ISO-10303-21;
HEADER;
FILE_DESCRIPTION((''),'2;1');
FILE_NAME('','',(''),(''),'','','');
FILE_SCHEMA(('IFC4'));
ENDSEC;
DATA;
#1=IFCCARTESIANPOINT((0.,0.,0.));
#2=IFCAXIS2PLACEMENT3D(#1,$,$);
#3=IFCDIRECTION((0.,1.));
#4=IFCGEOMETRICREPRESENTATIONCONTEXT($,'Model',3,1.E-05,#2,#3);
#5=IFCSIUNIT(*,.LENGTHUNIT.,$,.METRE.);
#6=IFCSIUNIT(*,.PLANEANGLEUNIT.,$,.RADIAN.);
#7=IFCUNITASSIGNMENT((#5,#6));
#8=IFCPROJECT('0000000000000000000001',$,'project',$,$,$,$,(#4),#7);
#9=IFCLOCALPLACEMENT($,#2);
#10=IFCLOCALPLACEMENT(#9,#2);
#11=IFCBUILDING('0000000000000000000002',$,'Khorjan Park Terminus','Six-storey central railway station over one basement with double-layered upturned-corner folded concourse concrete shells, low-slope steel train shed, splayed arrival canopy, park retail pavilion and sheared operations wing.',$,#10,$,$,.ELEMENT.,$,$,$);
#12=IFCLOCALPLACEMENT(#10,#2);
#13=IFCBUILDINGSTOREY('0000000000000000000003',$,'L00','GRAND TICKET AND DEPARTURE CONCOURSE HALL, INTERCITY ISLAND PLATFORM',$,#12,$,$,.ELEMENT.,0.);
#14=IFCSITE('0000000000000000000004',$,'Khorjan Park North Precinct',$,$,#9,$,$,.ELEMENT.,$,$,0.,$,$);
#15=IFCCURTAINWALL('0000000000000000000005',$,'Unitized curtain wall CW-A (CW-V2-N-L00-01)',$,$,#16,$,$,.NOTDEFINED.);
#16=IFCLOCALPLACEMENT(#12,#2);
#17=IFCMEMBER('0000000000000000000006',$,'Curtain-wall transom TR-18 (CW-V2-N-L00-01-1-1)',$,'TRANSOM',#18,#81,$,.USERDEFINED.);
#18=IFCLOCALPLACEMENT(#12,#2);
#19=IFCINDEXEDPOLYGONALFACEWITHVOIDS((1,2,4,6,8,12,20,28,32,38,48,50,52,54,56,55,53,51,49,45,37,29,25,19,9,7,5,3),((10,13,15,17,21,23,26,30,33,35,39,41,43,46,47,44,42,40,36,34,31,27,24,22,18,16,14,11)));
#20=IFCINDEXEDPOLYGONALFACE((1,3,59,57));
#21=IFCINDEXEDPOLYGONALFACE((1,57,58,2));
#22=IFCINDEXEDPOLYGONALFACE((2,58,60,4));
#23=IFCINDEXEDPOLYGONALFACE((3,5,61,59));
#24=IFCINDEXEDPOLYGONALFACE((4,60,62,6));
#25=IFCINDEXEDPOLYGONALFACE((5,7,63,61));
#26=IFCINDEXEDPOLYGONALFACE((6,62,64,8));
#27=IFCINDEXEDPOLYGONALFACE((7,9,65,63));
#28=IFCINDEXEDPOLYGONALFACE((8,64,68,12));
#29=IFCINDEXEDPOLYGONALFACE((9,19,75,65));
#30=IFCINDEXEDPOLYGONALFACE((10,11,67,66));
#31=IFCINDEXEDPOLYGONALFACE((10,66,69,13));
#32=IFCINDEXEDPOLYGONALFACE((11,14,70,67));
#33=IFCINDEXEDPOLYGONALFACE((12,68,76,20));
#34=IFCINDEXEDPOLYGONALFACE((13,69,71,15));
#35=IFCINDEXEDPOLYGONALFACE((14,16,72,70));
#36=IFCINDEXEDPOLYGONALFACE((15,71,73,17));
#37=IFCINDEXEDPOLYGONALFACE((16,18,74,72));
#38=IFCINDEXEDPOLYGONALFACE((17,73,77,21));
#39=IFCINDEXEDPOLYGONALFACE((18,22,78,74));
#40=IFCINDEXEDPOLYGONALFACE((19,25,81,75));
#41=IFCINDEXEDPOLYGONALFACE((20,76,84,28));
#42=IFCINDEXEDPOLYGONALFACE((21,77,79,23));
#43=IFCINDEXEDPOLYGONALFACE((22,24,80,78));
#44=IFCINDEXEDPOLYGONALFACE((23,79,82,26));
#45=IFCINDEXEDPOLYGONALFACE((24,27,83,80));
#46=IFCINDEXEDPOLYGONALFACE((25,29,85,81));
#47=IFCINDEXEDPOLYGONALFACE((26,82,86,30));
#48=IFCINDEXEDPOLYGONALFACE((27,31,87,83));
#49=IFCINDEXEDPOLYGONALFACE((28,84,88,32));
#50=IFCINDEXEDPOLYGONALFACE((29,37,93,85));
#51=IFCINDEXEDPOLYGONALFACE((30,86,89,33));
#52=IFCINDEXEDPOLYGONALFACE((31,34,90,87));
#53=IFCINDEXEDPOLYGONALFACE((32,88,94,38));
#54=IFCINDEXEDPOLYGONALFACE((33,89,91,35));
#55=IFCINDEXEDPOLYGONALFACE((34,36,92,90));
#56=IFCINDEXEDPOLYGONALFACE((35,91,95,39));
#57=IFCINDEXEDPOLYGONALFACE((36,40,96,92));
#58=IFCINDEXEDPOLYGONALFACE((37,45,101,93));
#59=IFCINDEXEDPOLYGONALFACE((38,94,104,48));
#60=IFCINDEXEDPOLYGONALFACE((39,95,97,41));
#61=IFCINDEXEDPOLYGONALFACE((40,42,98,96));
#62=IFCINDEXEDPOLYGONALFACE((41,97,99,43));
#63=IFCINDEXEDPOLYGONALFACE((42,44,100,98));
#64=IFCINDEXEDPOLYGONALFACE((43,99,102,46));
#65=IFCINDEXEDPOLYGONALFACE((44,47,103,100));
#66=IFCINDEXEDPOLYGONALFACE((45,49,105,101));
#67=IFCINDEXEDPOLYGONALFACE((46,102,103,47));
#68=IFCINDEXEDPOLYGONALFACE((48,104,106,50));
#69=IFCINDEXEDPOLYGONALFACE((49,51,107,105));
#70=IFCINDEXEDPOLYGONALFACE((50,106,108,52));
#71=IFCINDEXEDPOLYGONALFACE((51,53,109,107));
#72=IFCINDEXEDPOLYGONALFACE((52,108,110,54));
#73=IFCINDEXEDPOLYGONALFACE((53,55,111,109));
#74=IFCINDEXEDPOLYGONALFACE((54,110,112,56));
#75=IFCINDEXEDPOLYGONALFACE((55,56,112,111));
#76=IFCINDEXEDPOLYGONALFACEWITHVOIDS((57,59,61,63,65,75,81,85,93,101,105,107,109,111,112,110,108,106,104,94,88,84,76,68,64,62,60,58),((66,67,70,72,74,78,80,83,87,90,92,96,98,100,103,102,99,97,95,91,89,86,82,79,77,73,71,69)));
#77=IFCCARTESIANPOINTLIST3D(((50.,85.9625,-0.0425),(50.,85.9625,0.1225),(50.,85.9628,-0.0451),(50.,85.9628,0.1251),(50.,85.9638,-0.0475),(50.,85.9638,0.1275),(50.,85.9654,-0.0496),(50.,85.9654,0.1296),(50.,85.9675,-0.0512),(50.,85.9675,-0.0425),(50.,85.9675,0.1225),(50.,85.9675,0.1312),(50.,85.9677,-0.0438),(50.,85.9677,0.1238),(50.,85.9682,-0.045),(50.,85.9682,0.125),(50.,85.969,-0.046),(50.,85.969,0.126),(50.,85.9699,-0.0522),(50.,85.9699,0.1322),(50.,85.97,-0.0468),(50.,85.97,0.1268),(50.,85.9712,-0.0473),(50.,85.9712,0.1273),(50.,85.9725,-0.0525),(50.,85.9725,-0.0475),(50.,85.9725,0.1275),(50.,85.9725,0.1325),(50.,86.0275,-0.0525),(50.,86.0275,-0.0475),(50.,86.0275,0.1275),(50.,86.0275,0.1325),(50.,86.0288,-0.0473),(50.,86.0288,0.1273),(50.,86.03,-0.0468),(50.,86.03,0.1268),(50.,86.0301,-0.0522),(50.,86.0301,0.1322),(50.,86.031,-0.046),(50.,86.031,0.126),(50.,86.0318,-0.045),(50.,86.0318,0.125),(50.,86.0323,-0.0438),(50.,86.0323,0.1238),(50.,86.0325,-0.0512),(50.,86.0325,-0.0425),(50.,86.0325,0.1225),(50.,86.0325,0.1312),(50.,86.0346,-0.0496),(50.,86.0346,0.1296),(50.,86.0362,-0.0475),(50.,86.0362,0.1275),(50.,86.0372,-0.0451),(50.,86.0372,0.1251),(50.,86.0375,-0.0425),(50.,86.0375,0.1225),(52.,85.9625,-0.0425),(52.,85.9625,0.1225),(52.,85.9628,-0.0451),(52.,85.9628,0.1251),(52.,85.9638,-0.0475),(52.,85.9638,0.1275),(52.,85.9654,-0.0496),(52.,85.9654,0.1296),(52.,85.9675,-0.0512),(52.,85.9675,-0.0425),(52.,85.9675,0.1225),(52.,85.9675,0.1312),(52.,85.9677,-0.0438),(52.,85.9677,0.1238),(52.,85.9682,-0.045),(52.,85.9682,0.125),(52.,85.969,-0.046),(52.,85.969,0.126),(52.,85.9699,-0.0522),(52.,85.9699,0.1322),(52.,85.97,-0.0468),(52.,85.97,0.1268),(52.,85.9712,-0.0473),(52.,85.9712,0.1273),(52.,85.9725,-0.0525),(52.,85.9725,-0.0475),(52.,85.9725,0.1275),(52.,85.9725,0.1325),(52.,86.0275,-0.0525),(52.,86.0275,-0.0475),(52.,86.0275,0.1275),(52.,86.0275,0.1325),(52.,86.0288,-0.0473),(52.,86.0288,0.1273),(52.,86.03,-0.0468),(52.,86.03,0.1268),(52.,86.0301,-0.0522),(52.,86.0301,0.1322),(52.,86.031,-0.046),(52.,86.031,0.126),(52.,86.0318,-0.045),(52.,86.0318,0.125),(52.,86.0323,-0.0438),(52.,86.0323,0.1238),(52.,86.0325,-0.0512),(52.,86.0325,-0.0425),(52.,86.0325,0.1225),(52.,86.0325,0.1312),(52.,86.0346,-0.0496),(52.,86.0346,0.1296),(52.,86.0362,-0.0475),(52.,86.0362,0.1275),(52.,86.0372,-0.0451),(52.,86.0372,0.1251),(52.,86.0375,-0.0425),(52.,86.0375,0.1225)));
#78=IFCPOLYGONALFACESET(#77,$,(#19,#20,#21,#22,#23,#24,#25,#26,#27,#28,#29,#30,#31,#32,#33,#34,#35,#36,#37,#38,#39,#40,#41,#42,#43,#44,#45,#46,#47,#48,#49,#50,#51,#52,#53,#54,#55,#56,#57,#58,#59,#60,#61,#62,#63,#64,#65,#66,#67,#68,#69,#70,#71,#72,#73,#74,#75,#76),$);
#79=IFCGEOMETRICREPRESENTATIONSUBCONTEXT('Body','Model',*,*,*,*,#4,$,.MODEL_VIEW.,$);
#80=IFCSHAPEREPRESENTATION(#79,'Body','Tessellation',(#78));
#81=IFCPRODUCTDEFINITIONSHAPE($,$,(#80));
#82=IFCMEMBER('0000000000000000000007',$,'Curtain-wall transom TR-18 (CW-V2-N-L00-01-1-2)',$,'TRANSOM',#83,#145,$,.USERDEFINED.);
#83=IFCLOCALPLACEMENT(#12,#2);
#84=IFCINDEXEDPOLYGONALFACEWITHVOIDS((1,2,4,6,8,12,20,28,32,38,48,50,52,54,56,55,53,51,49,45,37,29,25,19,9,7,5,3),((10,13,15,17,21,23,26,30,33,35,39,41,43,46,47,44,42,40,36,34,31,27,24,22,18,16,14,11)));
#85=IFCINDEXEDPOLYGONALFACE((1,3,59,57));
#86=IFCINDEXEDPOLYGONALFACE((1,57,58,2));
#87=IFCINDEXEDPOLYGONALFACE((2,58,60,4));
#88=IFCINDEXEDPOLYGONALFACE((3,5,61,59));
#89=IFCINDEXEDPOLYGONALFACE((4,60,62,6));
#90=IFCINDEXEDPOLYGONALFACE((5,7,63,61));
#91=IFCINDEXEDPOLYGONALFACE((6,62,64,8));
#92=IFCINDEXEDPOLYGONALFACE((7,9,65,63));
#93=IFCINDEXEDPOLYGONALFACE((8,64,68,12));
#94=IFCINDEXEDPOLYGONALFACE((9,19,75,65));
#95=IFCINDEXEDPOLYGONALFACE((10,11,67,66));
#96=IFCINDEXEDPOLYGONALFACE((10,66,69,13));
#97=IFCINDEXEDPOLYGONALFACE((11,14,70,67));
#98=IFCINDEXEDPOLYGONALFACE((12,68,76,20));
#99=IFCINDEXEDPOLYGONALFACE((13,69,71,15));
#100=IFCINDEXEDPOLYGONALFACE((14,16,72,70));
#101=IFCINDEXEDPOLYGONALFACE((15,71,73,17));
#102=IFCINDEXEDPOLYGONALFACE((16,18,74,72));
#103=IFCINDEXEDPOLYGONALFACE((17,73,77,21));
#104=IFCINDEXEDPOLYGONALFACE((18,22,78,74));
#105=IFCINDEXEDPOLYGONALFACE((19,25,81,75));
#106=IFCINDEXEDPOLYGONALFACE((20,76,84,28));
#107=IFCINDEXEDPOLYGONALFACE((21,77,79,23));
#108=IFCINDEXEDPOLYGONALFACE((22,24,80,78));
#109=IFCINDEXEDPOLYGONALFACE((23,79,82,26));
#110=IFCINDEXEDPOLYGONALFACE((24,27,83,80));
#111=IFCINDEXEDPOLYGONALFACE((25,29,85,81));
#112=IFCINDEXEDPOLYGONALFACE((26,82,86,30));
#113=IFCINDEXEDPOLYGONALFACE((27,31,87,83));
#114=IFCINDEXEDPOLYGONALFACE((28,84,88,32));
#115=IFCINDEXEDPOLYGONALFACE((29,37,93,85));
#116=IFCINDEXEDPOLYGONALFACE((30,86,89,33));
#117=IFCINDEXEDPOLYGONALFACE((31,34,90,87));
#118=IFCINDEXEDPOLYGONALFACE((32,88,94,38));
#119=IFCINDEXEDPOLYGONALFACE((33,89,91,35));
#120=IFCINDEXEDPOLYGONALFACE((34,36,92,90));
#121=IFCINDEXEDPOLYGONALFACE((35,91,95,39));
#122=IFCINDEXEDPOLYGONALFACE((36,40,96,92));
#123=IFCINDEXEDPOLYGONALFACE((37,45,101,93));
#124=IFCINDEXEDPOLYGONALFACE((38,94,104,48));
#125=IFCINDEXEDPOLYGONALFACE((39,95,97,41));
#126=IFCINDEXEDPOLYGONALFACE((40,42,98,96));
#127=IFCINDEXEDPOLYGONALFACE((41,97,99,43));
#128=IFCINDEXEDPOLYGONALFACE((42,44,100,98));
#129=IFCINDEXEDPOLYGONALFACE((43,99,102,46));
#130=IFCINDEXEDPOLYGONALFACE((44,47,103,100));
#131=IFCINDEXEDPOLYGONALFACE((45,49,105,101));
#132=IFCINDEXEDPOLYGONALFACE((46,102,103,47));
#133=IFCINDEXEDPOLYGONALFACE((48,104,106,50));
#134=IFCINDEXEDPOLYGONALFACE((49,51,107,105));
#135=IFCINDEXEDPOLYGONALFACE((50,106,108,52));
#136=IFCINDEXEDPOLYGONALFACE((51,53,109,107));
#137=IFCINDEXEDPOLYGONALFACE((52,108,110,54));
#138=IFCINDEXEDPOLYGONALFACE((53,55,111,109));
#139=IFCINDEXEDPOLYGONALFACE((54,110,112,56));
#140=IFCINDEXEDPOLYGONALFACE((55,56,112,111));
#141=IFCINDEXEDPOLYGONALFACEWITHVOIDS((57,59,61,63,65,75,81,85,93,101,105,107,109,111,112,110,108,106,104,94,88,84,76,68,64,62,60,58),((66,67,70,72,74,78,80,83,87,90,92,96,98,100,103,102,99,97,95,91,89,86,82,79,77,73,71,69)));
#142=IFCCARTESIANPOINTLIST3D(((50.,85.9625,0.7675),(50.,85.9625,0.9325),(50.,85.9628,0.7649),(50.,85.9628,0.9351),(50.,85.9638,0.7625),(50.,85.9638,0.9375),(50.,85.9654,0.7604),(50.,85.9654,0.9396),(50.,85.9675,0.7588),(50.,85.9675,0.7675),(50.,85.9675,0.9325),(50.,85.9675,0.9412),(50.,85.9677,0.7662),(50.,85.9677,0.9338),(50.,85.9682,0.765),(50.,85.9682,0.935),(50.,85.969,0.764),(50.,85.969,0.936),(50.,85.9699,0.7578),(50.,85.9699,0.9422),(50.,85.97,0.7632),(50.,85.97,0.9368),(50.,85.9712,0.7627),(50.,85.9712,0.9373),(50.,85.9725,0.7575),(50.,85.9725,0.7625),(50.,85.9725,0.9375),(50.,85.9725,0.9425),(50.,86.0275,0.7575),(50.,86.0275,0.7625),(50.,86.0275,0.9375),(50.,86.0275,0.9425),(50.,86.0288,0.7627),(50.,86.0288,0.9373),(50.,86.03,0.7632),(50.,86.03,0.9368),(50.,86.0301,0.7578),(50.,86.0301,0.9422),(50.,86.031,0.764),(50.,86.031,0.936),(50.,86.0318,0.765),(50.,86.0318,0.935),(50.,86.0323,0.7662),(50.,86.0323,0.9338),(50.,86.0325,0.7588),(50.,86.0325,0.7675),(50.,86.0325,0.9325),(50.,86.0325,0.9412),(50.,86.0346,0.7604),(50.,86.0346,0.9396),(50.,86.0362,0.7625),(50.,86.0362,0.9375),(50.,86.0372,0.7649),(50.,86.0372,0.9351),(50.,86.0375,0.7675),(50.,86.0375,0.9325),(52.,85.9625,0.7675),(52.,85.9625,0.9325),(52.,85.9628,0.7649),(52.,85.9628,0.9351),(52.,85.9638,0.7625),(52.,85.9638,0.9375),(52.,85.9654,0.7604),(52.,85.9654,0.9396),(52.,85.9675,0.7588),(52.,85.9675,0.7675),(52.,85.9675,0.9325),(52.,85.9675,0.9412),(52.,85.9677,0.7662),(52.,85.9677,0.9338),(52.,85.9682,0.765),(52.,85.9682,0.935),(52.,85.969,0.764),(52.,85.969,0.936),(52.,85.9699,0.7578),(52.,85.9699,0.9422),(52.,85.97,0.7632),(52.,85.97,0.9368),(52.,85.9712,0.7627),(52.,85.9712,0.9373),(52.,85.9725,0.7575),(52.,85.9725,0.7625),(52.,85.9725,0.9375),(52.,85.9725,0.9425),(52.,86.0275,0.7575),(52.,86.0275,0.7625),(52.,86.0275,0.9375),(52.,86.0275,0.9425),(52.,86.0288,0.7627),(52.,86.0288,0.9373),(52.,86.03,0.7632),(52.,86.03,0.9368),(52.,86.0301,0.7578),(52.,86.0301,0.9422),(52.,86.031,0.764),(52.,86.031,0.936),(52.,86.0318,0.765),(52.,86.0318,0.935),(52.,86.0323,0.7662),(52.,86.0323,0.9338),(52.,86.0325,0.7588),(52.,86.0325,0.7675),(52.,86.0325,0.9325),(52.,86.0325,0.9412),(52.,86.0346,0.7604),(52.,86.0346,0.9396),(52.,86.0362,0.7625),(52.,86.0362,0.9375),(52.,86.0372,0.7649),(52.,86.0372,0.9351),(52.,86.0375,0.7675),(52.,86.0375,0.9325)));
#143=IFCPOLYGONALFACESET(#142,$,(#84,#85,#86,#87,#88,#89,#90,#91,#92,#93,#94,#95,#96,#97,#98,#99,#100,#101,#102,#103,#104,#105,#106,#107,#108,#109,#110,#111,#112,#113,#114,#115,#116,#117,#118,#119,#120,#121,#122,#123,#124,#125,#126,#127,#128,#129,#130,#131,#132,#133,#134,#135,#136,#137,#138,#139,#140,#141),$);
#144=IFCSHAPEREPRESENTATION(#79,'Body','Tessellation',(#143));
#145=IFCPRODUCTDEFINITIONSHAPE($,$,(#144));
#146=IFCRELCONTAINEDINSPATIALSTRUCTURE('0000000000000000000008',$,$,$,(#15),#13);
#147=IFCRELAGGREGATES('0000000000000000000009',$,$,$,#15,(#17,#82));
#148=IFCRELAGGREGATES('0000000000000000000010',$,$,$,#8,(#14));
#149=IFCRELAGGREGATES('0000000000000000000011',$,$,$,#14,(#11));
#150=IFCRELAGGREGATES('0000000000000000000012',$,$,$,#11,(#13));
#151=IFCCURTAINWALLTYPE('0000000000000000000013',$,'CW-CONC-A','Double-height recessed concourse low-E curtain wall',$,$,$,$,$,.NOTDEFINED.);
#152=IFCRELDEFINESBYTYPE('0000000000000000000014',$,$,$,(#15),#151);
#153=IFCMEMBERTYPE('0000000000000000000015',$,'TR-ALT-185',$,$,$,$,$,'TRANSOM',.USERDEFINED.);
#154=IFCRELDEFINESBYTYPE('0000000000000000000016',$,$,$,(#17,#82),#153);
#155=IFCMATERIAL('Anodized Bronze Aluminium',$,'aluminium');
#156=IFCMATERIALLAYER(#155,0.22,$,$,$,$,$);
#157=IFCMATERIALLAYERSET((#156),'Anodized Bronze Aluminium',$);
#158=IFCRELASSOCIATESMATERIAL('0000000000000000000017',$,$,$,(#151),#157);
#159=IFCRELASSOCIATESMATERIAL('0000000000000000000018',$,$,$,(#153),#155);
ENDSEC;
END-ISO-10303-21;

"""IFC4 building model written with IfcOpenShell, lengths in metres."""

from ifc_helpers import new_model, si_unit, direction, frame, origin, origin_2d, place, context, subcontext, project, spatial, hollow_rectangle, extrude, material, layer, layer_set, material_profile, profile_set, type_object, element, aggregate, save


model = new_model("IFC4")

# Units and contexts
model_context = context("Model", 3, precision=1e-05, world=origin(), true_north=direction((0.0, 1.0)))
body_context = subcontext(model_context, "Body", "Model", "MODEL_VIEW")
ifc_project = project(units=[si_unit("LENGTHUNIT", "METRE"), si_unit("PLANEANGLEUNIT", "RADIAN")], contexts=[model_context])

# Site, building, storey
site_placement = place(None, origin())
site = spatial("IfcSite", under=ifc_project, at=site_placement, Name="Khorjan Park North Precinct", CompositionType="ELEMENT", RefElevation=0.0)
building_placement = place(site_placement, origin())
building = spatial("IfcBuilding", under=site, at=building_placement, Name="Khorjan Park Terminus", Description="Six-storey central railway station over one basement with double-layered upturned-corner folded concourse concrete shells, low-slope steel train shed, splayed arrival canopy, park retail pavilion and sheared operations wing.", CompositionType="ELEMENT")
storey_placement = place(building_placement, origin())
storey = spatial("IfcBuildingStorey", under=building, at=storey_placement, Name="L00", Description="GRAND TICKET AND DEPARTURE CONCOURSE HALL, INTERCITY ISLAND PLATFORM", CompositionType="ELEMENT", Elevation=0.0)

# Curtain wall, members
ifc_material_1 = material(Name="Anodized Bronze Aluminium", Category="aluminium")
ifc_layer_1 = layer(ifc_material_1, 0.22)
ifc_layer_set_1 = layer_set([ifc_layer_1], Name="Anodized Bronze Aluminium")
curtain_wall_type_1 = type_object("IfcCurtainWallType", Name="CW-CONC-A", Description="Double-height recessed concourse low-E curtain wall", PredefinedType="NOTDEFINED", material=ifc_layer_set_1)
curtain_wall_1_placement = place(storey_placement, origin())
curtain_wall_1 = element("IfcCurtainWall", 1, at=curtain_wall_1_placement, inside=storey, type_object=curtain_wall_type_1, Name="Unitized curtain wall CW-A (CW-V2-N-L00-01)", PredefinedType="NOTDEFINED")
ifc_material_profile_1 = material_profile(ifc_material_1, hollow_rectangle(XDim=0.075, YDim=0.185, WallThickness=0.005, InnerFilletRadius=0.005, OuterFilletRadius=0.01, at=origin_2d()), Name="ALT 75x185x5")
ifc_profile_set_1 = profile_set([ifc_material_profile_1], Name="Anodized Bronze Aluminium")
member_type_1 = type_object("IfcMemberType", Name="TR-ALT-185", ElementType="TRANSOM", PredefinedType="USERDEFINED", material=ifc_profile_set_1)
member_1_placement = place(storey_placement, frame((52.0, 86.0, 0.04), z_axis=(-1.0, 0.0, 0.0), x_axis=(0.0, -1.0, 0.0)))
member_1 = element("IfcMember", 2, at=member_1_placement, type_object=member_type_1, Name="Curtain-wall transom TR-18 (CW-V2-N-L00-01-1-1)", ObjectType="TRANSOM", PredefinedType="USERDEFINED", context=body_context, shape_type="SweptSolid", body=[
    extrude(hollow_rectangle(XDim=0.075, YDim=0.185, WallThickness=0.005, InnerFilletRadius=0.005, OuterFilletRadius=0.01, at=origin_2d()), origin(), (0.0, 0.0, 1.0), 2.0),
])
member_2_placement = place(storey_placement, frame((52.0, 86.0, 0.85), z_axis=(-1.0, 0.0, 0.0), x_axis=(0.0, -1.0, 0.0)))
member_2 = element("IfcMember", 3, at=member_2_placement, type_object=member_type_1, Name="Curtain-wall transom TR-18 (CW-V2-N-L00-01-1-2)", ObjectType="TRANSOM", PredefinedType="USERDEFINED", context=body_context, shape_type="SweptSolid", body=[
    extrude(hollow_rectangle(XDim=0.075, YDim=0.185, WallThickness=0.005, InnerFilletRadius=0.005, OuterFilletRadius=0.01, at=origin_2d()), origin(), (0.0, 0.0, 1.0), 2.0),
])

aggregate(curtain_wall_1, [member_1, member_2])

save(model, "model.ifc")
